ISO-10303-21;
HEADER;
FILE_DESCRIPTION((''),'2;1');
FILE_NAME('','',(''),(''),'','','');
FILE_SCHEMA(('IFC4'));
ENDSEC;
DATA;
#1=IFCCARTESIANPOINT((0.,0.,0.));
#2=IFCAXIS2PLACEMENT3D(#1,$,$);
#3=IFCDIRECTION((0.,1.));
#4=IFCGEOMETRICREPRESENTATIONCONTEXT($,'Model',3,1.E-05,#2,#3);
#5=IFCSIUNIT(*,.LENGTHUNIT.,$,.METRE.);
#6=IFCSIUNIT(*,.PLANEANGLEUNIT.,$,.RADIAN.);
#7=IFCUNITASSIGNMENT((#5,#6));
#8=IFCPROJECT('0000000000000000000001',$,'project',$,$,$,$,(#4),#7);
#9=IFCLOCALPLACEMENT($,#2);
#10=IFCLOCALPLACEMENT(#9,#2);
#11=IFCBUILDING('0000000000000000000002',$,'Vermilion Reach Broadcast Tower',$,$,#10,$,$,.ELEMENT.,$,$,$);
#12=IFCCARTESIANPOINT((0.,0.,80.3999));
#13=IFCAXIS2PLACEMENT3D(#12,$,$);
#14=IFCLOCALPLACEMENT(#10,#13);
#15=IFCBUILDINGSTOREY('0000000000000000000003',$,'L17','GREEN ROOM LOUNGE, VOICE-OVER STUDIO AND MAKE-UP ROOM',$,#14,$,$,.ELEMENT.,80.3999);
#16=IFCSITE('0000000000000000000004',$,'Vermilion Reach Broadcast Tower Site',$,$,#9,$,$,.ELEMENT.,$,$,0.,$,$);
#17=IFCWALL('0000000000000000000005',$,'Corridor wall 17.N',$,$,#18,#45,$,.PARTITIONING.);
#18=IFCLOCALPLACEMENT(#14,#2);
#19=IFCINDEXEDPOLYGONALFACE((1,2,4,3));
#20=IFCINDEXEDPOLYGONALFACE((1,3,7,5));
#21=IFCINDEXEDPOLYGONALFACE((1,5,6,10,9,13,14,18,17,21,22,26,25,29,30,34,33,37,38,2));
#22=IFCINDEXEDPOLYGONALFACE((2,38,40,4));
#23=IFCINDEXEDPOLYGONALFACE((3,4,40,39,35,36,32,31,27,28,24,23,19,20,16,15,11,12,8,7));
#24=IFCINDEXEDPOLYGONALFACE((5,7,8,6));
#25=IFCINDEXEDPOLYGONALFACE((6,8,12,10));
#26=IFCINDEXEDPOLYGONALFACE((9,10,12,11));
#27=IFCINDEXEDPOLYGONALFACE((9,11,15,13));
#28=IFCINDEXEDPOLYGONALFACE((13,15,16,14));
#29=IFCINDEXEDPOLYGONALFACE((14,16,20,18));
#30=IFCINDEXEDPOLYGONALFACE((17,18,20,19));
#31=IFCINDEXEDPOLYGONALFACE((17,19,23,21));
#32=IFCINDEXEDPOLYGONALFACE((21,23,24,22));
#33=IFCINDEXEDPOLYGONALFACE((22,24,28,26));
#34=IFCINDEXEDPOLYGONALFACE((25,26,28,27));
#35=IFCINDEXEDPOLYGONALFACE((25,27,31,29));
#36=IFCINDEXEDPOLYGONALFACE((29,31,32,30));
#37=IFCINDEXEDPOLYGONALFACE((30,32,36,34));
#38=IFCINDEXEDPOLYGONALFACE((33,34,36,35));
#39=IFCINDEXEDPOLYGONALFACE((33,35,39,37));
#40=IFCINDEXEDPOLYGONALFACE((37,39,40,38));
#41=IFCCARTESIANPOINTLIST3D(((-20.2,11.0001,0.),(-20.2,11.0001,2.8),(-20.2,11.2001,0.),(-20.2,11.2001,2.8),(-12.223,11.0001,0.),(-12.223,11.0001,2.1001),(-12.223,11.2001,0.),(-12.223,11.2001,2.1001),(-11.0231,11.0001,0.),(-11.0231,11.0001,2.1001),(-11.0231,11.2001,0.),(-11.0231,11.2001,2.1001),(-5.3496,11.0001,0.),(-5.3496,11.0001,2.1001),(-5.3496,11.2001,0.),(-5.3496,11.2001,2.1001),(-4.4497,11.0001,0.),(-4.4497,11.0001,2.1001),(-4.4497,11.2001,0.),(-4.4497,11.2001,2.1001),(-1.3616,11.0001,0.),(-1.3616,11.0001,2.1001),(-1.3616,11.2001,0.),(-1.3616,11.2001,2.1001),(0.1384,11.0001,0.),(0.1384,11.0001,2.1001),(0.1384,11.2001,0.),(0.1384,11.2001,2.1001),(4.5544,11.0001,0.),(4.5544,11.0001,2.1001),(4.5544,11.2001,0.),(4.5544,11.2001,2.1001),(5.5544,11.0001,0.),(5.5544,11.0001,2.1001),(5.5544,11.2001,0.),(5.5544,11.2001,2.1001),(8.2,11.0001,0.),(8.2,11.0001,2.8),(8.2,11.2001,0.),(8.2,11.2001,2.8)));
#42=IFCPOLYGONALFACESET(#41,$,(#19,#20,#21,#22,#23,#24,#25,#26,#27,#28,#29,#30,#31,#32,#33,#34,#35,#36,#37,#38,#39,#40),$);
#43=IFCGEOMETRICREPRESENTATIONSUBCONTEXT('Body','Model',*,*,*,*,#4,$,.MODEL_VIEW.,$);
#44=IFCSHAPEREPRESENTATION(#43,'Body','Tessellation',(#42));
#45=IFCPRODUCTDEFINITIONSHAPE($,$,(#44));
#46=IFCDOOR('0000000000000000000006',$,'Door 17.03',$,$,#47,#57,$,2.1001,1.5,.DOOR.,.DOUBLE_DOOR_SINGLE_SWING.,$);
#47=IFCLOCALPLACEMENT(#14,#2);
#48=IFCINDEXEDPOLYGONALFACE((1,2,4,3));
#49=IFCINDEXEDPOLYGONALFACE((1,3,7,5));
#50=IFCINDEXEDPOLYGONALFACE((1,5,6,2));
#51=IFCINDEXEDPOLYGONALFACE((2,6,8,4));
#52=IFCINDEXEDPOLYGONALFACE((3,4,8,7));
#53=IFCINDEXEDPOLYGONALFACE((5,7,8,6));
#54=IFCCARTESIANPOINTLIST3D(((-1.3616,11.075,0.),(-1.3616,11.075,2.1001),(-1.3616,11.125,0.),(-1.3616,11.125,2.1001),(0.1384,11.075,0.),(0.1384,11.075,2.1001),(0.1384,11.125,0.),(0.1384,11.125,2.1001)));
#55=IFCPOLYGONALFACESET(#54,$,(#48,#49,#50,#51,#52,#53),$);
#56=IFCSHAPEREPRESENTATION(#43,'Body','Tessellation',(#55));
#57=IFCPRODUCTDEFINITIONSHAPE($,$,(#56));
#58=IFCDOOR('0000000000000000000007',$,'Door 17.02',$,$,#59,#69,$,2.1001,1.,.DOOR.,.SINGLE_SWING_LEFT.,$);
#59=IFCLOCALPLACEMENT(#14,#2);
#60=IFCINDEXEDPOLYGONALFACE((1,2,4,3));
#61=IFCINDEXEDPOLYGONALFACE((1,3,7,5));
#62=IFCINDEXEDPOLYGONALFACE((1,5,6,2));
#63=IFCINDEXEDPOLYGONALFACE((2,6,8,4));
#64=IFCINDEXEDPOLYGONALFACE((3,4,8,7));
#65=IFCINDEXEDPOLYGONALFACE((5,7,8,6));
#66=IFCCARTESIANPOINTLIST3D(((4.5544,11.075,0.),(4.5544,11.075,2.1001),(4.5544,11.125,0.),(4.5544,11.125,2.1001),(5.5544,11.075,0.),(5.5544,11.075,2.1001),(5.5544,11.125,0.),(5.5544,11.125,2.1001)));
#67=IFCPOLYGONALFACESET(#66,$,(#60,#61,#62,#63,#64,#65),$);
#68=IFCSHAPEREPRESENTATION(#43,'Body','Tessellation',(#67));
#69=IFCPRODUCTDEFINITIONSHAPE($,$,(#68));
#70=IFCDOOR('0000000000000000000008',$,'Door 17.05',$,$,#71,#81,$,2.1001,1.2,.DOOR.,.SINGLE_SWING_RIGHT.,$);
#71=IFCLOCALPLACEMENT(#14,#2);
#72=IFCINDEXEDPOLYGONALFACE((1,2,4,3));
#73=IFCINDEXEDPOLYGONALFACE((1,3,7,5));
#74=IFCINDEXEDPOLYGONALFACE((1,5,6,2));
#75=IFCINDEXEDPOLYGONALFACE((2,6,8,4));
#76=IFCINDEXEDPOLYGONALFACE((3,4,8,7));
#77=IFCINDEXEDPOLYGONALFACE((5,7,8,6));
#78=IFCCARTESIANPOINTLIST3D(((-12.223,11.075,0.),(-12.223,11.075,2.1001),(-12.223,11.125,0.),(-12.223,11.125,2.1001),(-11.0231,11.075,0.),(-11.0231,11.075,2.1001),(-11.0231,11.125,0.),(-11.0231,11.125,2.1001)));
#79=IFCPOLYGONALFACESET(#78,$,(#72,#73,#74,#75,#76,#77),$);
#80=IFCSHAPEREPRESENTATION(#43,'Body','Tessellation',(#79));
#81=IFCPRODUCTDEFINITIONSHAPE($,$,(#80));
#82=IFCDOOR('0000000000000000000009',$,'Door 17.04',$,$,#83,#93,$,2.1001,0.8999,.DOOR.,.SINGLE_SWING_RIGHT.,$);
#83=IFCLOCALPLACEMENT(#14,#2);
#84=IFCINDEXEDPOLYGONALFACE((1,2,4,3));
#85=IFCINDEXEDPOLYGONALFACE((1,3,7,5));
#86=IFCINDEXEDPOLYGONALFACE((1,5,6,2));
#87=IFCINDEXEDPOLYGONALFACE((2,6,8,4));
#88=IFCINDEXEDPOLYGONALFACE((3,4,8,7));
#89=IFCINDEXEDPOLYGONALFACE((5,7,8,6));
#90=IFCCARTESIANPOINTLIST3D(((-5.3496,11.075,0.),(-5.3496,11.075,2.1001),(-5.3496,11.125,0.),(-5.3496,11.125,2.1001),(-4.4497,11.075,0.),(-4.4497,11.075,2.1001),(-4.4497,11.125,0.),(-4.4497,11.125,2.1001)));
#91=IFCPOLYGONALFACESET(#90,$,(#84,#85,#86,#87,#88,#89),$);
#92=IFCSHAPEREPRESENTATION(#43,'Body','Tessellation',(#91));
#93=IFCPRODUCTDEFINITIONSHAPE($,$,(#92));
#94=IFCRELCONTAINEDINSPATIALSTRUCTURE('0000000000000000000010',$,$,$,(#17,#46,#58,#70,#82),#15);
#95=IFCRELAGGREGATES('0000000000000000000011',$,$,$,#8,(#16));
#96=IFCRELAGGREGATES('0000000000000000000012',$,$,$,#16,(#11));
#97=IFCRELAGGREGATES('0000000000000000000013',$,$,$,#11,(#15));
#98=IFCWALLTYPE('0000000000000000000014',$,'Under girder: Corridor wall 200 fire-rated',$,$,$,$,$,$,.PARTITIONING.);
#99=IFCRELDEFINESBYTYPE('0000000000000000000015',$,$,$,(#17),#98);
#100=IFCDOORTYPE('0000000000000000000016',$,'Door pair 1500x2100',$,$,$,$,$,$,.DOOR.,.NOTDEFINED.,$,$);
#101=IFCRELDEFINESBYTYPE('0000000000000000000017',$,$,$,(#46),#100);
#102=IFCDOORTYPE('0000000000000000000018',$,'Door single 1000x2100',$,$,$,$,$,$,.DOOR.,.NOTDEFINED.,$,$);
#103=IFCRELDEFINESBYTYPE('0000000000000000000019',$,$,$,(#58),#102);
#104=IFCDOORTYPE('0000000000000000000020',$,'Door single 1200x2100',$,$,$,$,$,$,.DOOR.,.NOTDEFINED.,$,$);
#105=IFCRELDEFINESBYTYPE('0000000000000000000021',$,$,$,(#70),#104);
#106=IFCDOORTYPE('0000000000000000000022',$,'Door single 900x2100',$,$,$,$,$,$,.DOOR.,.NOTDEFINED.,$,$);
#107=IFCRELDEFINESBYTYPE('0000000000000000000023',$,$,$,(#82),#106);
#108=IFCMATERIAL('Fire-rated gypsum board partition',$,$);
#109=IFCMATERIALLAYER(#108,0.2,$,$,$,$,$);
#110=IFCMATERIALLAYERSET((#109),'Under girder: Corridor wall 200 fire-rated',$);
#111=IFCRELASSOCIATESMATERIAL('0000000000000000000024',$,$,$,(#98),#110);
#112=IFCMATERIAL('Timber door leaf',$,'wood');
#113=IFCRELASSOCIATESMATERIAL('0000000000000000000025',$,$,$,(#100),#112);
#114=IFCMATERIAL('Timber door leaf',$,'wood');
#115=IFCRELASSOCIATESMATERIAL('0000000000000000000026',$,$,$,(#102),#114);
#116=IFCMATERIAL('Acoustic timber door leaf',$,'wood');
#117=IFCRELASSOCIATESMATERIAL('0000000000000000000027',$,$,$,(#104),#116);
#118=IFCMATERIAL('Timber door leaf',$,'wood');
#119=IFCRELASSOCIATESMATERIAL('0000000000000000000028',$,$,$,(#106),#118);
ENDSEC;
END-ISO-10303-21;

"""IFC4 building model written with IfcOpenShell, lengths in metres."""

from ifc_helpers import new_model, si_unit, direction, frame, frame_2d, origin, place, context, subcontext, project, spatial, rectangle, extrude, material, layer, layer_set, type_object, element, fill, save


model = new_model("IFC4")

# Units and contexts
model_context = context("Model", 3, precision=1e-05, world=origin(), true_north=direction((0.0, 1.0)))
body_context = subcontext(model_context, "Body", "Model", "MODEL_VIEW")
ifc_project = project(units=[si_unit("LENGTHUNIT", "METRE"), si_unit("PLANEANGLEUNIT", "RADIAN")], contexts=[model_context])

# Site, building, storey
site_placement = place(None, origin())
site = spatial("IfcSite", under=ifc_project, at=site_placement, Name="Vermilion Reach Broadcast Tower Site", CompositionType="ELEMENT", RefElevation=0.0)
building_placement = place(site_placement, origin())
building = spatial("IfcBuilding", under=site, at=building_placement, Name="Vermilion Reach Broadcast Tower", CompositionType="ELEMENT")
storey_placement = place(building_placement, frame((0.0, 0.0, 80.3999)))
storey = spatial("IfcBuildingStorey", under=building, at=storey_placement, Name="L17", Description="GREEN ROOM LOUNGE, VOICE-OVER STUDIO AND MAKE-UP ROOM", CompositionType="ELEMENT", Elevation=80.3999)

# Wall, openings, doors
ifc_material_1 = material(Name="Fire-rated gypsum board partition")
ifc_layer_1 = layer(ifc_material_1, 0.2)
ifc_layer_set_1 = layer_set([ifc_layer_1], Name="Under girder: Corridor wall 200 fire-rated")
wall_type_1 = type_object("IfcWallType", Name="Under girder: Corridor wall 200 fire-rated", PredefinedType="PARTITIONING", material=ifc_layer_set_1)
wall_1_placement = place(storey_placement, frame((-20.2, 11.1001, 0.0), z_axis=(0.0, 0.0, 1.0), x_axis=(1.0, 0.0, 0.0)))
wall_1 = element("IfcWall", 1, at=wall_1_placement, inside=storey, type_object=wall_type_1, Name="Corridor wall 17.N", PredefinedType="PARTITIONING", context=body_context, shape_type="SweptSolid", body=[
    extrude(rectangle(XDim=28.3999, YDim=0.2, at=frame_2d((14.2, 0.0))), origin(), (0.0, 0.0, 1.0), 2.8),
])
opening_1_placement = place(wall_1_placement, frame((24.7544, 0.0, 0.0)))
opening_1 = element("IfcOpeningElement", 2, at=opening_1_placement, cuts=wall_1, PredefinedType="OPENING", context=body_context, shape_type="SweptSolid", body=[
    extrude(rectangle(XDim=1.0, YDim=2.1001, at=frame_2d((0.5, 1.05))), frame((0.0, 0.1099, 0.0), z_axis=(0.0, -1.0, 0.0), x_axis=(1.0, 0.0, 0.0)), (0.0, 0.0, 1.0), 0.22),
])
opening_2_placement = place(wall_1_placement, frame((18.8384, 0.0, 0.0)))
opening_2 = element("IfcOpeningElement", 3, at=opening_2_placement, cuts=wall_1, PredefinedType="OPENING", context=body_context, shape_type="SweptSolid", body=[
    extrude(rectangle(XDim=1.5, YDim=2.1001, at=frame_2d((0.75, 1.05))), frame((0.0, 0.1099, 0.0), z_axis=(0.0, -1.0, 0.0), x_axis=(1.0, 0.0, 0.0)), (0.0, 0.0, 1.0), 0.22),
])
opening_3_placement = place(wall_1_placement, frame((14.8503, 0.0, 0.0)))
opening_3 = element("IfcOpeningElement", 4, at=opening_3_placement, cuts=wall_1, PredefinedType="OPENING", context=body_context, shape_type="SweptSolid", body=[
    extrude(rectangle(XDim=0.8999, YDim=2.1001, at=frame_2d((0.45, 1.05))), frame((0.0, 0.1099, 0.0), z_axis=(0.0, -1.0, 0.0), x_axis=(1.0, 0.0, 0.0)), (0.0, 0.0, 1.0), 0.22),
])
opening_4_placement = place(wall_1_placement, frame((7.9768, 0.0, 0.0)))
opening_4 = element("IfcOpeningElement", 5, at=opening_4_placement, cuts=wall_1, PredefinedType="OPENING", context=body_context, shape_type="SweptSolid", body=[
    extrude(rectangle(XDim=1.2, YDim=2.1001, at=frame_2d((0.6001, 1.05))), frame((0.0, 0.1099, 0.0), z_axis=(0.0, -1.0, 0.0), x_axis=(1.0, 0.0, 0.0)), (0.0, 0.0, 1.0), 0.22),
])
ifc_material_2 = material(Name="Timber door leaf", Category="wood")
door_type_1 = type_object("IfcDoorType", Name="Door pair 1500x2100", OperationType="NOTDEFINED", PredefinedType="DOOR", material=ifc_material_2)
door_1_placement = place(opening_2_placement, origin())
door_1 = element("IfcDoor", 6, at=door_1_placement, inside=storey, type_object=door_type_1, Name="Door 17.03", OperationType="DOUBLE_DOOR_SINGLE_SWING", OverallHeight=2.1001, OverallWidth=1.5, PredefinedType="DOOR", context=body_context, shape_type="SweptSolid", body=[
    extrude(rectangle(XDim=1.5, YDim=2.1001, at=frame_2d((0.75, 1.05))), frame((0.0, 0.0249, 0.0), z_axis=(0.0, -1.0, 0.0), x_axis=(1.0, 0.0, 0.0)), (0.0, 0.0, 1.0), 0.05),
])
fill(opening_2, door_1)
ifc_material_3 = material(Name="Timber door leaf", Category="wood")
door_type_2 = type_object("IfcDoorType", Name="Door single 1000x2100", OperationType="NOTDEFINED", PredefinedType="DOOR", material=ifc_material_3)
door_2_placement = place(opening_1_placement, origin())
door_2 = element("IfcDoor", 7, at=door_2_placement, inside=storey, type_object=door_type_2, Name="Door 17.02", OperationType="SINGLE_SWING_LEFT", OverallHeight=2.1001, OverallWidth=1.0, PredefinedType="DOOR", context=body_context, shape_type="SweptSolid", body=[
    extrude(rectangle(XDim=1.0, YDim=2.1001, at=frame_2d((0.5, 1.05))), frame((0.0, 0.0249, 0.0), z_axis=(0.0, -1.0, 0.0), x_axis=(1.0, 0.0, 0.0)), (0.0, 0.0, 1.0), 0.05),
])
fill(opening_1, door_2)
ifc_material_4 = material(Name="Acoustic timber door leaf", Category="wood")
door_type_3 = type_object("IfcDoorType", Name="Door single 1200x2100", OperationType="NOTDEFINED", PredefinedType="DOOR", material=ifc_material_4)
door_3_placement = place(opening_4_placement, origin())
door_3 = element("IfcDoor", 8, at=door_3_placement, inside=storey, type_object=door_type_3, Name="Door 17.05", OperationType="SINGLE_SWING_RIGHT", OverallHeight=2.1001, OverallWidth=1.2, PredefinedType="DOOR", context=body_context, shape_type="SweptSolid", body=[
    extrude(rectangle(XDim=1.2, YDim=2.1001, at=frame_2d((0.6001, 1.05))), frame((0.0, 0.0249, 0.0), z_axis=(0.0, -1.0, 0.0), x_axis=(1.0, 0.0, 0.0)), (0.0, 0.0, 1.0), 0.05),
])
fill(opening_4, door_3)
ifc_material_5 = material(Name="Timber door leaf", Category="wood")
door_type_4 = type_object("IfcDoorType", Name="Door single 900x2100", OperationType="NOTDEFINED", PredefinedType="DOOR", material=ifc_material_5)
door_4_placement = place(opening_3_placement, origin())
door_4 = element("IfcDoor", 9, at=door_4_placement, inside=storey, type_object=door_type_4, Name="Door 17.04", OperationType="SINGLE_SWING_RIGHT", OverallHeight=2.1001, OverallWidth=0.8999, PredefinedType="DOOR", context=body_context, shape_type="SweptSolid", body=[
    extrude(rectangle(XDim=0.8999, YDim=2.1001, at=frame_2d((0.45, 1.05))), frame((0.0, 0.0249, 0.0), z_axis=(0.0, -1.0, 0.0), x_axis=(1.0, 0.0, 0.0)), (0.0, 0.0, 1.0), 0.05),
])
fill(opening_3, door_4)

save(model, "model.ifc")
